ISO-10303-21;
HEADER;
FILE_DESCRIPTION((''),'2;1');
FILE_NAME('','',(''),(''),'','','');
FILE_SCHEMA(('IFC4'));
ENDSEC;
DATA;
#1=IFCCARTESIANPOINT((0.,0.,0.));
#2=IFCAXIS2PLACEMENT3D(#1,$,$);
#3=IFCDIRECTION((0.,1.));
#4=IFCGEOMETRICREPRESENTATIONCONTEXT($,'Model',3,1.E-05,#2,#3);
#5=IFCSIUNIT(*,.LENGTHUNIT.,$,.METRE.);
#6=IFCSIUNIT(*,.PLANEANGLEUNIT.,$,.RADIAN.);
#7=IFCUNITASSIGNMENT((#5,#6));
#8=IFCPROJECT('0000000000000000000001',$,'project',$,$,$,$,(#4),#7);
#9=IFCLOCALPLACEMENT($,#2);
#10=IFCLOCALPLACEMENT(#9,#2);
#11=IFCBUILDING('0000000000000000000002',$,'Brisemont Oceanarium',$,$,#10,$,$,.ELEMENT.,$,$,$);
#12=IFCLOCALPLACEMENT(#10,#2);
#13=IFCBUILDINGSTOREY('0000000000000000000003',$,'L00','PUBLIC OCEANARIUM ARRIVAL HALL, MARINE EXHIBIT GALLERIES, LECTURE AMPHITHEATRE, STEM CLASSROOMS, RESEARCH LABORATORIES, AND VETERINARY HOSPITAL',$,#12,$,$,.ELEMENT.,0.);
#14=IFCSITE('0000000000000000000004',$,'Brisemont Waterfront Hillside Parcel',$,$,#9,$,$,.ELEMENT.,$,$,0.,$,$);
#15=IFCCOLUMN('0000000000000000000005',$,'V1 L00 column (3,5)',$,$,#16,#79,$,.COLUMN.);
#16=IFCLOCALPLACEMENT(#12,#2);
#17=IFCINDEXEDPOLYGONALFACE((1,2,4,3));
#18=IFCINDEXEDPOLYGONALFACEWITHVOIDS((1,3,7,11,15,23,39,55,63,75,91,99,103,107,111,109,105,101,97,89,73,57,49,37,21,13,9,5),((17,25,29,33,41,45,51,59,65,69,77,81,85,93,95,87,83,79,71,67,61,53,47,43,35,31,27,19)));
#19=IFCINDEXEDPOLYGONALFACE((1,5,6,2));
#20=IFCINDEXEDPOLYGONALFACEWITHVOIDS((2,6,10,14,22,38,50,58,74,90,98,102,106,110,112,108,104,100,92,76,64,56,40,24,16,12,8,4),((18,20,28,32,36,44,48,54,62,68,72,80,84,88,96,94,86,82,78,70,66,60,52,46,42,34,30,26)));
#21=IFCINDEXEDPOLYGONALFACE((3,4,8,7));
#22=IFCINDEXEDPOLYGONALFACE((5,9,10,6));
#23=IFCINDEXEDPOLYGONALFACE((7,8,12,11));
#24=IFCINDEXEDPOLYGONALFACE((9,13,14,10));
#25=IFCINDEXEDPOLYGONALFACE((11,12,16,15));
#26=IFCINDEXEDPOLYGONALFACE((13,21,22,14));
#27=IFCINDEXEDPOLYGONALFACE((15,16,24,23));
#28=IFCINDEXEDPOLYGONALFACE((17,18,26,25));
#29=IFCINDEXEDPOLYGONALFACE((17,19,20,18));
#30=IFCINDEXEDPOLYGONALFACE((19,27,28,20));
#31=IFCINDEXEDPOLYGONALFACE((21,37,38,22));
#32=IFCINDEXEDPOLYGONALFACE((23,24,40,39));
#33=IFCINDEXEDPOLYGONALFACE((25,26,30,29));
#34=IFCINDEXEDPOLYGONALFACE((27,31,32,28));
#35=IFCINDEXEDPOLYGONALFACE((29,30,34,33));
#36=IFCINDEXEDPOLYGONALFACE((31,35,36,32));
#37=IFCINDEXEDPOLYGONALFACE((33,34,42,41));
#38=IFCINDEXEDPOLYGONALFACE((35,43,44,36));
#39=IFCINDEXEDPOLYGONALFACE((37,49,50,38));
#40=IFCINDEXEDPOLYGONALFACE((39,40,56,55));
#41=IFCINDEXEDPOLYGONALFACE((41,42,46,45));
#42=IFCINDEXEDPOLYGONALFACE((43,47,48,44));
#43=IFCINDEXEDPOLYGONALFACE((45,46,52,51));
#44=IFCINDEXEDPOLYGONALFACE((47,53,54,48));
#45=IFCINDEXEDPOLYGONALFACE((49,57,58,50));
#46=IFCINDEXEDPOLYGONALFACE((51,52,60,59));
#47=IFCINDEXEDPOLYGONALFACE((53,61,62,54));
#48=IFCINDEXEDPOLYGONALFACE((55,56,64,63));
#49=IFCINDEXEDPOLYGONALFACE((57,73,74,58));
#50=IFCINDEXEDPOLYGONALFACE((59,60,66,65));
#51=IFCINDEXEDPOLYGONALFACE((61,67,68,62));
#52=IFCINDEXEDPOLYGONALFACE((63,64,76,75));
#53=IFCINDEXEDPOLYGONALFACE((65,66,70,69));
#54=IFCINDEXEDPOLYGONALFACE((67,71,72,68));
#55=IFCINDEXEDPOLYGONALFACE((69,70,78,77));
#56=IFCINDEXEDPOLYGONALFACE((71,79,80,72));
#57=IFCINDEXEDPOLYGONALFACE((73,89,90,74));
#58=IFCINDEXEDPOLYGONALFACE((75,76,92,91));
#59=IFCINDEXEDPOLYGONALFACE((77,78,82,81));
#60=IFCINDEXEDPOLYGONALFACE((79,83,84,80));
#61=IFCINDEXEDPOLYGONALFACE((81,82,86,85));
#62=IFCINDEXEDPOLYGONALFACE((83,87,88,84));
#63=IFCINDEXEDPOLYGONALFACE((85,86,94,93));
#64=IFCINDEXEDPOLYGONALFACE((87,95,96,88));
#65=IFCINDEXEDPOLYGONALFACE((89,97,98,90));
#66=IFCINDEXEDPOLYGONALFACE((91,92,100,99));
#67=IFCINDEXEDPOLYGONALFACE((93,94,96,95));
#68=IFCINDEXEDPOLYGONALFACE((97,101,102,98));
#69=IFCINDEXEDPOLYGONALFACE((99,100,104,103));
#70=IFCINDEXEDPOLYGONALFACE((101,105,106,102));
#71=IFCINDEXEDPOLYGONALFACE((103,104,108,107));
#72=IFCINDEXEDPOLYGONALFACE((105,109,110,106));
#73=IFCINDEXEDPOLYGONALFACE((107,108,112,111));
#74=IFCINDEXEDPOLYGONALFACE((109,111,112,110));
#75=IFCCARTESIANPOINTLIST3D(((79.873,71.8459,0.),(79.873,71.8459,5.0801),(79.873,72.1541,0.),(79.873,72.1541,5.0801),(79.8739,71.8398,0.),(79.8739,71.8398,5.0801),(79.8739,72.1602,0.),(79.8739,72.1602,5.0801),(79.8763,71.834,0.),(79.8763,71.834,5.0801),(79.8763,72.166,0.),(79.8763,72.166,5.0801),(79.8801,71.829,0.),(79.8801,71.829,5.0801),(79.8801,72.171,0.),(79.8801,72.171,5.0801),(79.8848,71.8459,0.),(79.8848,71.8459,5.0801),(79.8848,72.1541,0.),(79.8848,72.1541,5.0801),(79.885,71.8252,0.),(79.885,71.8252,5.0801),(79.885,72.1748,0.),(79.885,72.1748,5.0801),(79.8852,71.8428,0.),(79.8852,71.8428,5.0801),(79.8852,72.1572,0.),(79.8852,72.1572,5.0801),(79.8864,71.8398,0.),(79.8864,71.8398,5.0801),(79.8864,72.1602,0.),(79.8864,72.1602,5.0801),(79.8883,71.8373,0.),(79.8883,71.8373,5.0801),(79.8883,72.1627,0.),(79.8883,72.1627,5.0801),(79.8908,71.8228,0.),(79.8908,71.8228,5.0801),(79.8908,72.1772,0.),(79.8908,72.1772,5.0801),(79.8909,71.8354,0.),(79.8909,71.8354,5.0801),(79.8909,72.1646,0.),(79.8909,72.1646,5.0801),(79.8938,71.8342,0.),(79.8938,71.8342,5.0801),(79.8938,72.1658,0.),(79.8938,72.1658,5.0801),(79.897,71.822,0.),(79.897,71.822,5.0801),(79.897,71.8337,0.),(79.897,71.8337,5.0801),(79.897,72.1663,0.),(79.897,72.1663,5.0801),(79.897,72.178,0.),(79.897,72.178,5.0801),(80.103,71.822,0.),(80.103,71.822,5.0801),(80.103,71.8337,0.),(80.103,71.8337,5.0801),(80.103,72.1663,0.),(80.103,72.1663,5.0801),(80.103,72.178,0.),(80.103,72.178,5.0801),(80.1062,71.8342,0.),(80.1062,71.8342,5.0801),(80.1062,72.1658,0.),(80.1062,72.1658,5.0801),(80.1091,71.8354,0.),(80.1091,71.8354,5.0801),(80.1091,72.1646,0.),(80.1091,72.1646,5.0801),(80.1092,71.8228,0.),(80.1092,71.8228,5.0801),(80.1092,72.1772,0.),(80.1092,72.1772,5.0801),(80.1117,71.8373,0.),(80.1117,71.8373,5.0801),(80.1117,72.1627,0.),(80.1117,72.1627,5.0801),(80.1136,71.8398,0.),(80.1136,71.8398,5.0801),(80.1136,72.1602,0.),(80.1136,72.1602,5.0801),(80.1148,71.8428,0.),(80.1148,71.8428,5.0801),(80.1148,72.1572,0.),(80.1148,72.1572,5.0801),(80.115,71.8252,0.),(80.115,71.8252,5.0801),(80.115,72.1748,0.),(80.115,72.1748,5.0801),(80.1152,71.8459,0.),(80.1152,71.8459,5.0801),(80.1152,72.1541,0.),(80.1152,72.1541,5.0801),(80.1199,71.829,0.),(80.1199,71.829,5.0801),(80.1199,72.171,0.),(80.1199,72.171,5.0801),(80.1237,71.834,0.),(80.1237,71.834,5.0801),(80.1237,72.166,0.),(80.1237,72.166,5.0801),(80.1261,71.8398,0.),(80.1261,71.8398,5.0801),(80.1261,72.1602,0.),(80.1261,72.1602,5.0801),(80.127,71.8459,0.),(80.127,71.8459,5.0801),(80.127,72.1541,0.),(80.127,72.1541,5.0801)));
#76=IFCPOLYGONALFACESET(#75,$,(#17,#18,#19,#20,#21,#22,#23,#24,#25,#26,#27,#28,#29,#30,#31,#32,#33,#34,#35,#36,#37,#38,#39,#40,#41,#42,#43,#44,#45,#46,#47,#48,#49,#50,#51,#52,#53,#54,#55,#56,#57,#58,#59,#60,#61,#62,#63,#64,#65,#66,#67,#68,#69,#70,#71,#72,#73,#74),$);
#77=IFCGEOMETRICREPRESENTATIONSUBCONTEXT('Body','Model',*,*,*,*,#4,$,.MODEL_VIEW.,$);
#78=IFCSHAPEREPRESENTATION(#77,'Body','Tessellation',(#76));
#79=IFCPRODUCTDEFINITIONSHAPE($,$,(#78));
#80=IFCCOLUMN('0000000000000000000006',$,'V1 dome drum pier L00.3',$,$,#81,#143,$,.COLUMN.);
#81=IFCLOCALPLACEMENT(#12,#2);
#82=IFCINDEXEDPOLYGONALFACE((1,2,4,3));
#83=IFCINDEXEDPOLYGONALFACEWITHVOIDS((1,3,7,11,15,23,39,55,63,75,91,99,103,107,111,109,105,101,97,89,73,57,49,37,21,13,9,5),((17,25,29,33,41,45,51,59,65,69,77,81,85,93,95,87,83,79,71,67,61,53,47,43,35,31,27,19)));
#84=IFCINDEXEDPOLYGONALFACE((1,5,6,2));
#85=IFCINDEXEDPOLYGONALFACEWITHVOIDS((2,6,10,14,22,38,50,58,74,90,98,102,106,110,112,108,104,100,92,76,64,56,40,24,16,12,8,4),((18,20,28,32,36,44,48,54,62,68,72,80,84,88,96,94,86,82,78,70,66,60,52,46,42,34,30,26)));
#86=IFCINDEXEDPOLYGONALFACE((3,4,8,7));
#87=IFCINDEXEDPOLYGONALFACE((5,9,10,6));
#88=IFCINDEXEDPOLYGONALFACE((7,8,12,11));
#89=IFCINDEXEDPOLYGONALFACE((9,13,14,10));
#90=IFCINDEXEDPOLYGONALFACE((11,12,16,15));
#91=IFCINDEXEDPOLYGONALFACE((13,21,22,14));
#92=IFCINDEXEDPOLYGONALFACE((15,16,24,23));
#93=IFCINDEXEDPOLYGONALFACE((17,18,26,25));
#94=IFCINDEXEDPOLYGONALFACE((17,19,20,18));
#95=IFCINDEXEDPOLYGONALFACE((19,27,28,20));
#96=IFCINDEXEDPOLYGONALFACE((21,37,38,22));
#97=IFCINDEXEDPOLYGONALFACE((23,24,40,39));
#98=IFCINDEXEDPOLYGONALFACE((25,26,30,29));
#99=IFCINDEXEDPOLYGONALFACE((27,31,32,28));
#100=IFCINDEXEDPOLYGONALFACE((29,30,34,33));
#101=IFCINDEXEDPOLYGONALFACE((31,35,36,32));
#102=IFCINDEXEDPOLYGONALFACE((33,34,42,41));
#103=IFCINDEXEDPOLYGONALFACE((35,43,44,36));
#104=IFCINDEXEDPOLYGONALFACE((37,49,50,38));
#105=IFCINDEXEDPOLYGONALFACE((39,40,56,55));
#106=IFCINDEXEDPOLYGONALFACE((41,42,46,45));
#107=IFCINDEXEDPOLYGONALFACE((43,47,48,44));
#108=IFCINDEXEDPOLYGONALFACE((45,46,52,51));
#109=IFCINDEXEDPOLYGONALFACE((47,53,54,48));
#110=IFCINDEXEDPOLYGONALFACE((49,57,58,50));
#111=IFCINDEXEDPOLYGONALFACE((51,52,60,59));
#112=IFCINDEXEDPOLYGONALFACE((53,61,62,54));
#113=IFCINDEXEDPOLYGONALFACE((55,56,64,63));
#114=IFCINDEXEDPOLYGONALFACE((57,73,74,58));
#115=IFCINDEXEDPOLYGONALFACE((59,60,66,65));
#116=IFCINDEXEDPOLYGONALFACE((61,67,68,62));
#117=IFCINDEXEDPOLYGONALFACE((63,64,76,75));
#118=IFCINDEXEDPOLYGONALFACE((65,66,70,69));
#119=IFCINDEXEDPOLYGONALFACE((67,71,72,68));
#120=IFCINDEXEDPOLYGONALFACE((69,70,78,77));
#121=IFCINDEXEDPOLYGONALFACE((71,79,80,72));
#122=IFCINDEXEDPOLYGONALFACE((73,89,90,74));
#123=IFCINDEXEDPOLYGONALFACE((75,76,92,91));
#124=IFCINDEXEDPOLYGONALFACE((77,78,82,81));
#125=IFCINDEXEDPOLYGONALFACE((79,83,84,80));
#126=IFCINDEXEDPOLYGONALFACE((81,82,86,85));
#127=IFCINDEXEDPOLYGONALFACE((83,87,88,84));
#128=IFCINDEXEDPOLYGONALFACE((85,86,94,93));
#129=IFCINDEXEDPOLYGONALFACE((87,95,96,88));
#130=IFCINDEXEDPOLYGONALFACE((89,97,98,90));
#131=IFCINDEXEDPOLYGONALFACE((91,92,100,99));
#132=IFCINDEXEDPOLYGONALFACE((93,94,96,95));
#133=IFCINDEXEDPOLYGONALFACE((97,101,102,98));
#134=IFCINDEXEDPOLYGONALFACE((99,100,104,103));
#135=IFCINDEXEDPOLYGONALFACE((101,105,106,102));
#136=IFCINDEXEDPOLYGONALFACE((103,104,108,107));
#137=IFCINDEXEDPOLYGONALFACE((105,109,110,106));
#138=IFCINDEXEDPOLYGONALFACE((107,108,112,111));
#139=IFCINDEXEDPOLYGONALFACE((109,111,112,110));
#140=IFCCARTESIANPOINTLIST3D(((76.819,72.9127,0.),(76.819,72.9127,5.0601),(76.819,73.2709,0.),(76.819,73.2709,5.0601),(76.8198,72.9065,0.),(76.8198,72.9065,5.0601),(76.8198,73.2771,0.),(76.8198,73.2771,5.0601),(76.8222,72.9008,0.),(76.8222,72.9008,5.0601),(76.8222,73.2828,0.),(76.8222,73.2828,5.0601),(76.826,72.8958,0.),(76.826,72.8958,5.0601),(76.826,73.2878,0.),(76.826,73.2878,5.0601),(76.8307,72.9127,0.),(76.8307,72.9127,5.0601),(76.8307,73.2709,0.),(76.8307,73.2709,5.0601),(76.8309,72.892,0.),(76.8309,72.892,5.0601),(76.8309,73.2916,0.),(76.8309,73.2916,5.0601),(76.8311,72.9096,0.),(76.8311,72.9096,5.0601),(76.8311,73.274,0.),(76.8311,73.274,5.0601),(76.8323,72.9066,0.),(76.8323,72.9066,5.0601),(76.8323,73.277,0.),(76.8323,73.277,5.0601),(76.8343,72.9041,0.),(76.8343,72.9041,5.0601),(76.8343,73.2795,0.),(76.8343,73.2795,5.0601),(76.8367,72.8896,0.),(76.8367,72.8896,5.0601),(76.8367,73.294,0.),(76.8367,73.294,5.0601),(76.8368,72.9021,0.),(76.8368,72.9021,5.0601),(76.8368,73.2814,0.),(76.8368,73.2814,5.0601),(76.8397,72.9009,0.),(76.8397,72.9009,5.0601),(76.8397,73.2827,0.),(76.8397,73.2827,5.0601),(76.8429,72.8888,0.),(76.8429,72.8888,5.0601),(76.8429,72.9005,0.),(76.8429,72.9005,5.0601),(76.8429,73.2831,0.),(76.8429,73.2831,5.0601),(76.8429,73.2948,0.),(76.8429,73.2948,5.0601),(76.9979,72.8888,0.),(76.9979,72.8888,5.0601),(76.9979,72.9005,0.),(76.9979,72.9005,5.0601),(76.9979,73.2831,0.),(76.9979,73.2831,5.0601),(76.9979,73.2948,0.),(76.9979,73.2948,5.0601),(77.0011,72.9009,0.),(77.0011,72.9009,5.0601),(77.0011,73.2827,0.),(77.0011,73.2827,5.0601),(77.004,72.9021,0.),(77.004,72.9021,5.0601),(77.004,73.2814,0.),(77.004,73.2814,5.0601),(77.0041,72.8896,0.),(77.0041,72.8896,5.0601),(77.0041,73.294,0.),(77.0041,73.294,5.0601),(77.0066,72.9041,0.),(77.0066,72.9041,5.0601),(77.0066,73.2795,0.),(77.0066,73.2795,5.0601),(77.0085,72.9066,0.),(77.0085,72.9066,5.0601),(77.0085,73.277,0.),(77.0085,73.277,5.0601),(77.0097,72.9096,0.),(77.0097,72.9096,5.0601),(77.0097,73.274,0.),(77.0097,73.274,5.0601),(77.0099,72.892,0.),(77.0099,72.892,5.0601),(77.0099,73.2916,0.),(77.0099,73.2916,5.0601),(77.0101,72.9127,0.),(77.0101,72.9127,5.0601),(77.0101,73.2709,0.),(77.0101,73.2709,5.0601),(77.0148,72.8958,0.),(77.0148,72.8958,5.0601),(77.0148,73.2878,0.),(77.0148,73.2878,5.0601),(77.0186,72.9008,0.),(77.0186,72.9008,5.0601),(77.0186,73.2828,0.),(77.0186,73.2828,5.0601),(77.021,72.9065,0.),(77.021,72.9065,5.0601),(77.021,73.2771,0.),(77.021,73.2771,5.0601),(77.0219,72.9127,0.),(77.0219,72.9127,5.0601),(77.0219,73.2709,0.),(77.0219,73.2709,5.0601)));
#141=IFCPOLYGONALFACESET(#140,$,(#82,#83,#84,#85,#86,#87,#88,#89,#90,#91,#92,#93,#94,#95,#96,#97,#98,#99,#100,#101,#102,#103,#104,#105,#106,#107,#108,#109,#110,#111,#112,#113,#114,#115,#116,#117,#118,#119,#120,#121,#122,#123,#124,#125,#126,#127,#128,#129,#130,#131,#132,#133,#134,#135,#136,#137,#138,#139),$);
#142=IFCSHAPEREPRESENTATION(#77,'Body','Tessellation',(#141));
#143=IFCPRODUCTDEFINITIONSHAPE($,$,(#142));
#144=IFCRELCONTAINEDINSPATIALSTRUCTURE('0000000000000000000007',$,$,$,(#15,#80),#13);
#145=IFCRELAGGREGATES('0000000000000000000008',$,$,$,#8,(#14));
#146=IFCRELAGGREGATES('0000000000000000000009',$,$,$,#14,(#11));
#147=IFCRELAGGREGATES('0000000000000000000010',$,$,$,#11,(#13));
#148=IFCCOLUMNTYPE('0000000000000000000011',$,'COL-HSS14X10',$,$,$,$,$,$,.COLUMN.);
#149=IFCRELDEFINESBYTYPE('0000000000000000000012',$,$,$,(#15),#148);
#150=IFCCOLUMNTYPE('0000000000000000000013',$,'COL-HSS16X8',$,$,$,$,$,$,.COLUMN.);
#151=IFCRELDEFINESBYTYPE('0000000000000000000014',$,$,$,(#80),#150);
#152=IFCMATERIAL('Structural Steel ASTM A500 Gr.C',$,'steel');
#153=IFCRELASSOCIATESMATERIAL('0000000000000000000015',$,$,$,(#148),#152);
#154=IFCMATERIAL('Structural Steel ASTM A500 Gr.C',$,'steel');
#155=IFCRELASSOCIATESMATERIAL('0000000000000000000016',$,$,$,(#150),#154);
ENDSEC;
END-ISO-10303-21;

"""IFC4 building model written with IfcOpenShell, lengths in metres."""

from ifc_helpers import new_model, si_unit, direction, frame, origin, origin_2d, place, context, subcontext, project, spatial, hollow_rectangle, extrude, material, material_profile, profile_set, type_object, element, save


model = new_model("IFC4")

# Units and contexts
model_context = context("Model", 3, precision=1e-05, world=origin(), true_north=direction((0.0, 1.0)))
body_context = subcontext(model_context, "Body", "Model", "MODEL_VIEW")
ifc_project = project(units=[si_unit("LENGTHUNIT", "METRE"), si_unit("PLANEANGLEUNIT", "RADIAN")], contexts=[model_context])

# Site, building, storey
site_placement = place(None, origin())
site = spatial("IfcSite", under=ifc_project, at=site_placement, Name="Brisemont Waterfront Hillside Parcel", CompositionType="ELEMENT", RefElevation=0.0)
building_placement = place(site_placement, origin())
building = spatial("IfcBuilding", under=site, at=building_placement, Name="Brisemont Oceanarium", CompositionType="ELEMENT")
storey_placement = place(building_placement, origin())
storey = spatial("IfcBuildingStorey", under=building, at=storey_placement, Name="L00", Description="PUBLIC OCEANARIUM ARRIVAL HALL, MARINE EXHIBIT GALLERIES, LECTURE AMPHITHEATRE, STEM CLASSROOMS, RESEARCH LABORATORIES, AND VETERINARY HOSPITAL", CompositionType="ELEMENT", Elevation=0.0)

# Columns
ifc_material_1 = material(Name="Structural Steel ASTM A500 Gr.C", Category="steel")
ifc_material_profile_1 = material_profile(ifc_material_1, hollow_rectangle(XDim=0.2539, YDim=0.356, WallThickness=0.0117, InnerFilletRadius=0.0122, OuterFilletRadius=0.0239, at=origin_2d()), Name="HSS14X10X1/2")
ifc_profile_set_1 = profile_set([ifc_material_profile_1], Name="Structural Steel ASTM A500 Gr.C")
column_type_1 = type_object("IfcColumnType", Name="COL-HSS14X10", PredefinedType="COLUMN", material=ifc_profile_set_1)
column_1_placement = place(storey_placement, frame((80.0, 72.0, 0.0), z_axis=(0.0, 0.0, 1.0), x_axis=(1.0, 0.0, 0.0)))
element("IfcColumn", 1, at=column_1_placement, inside=storey, type_object=column_type_1, Name="V1 L00 column (3,5)", PredefinedType="COLUMN", context=body_context, shape_type="SweptSolid", body=[
    extrude(hollow_rectangle(XDim=0.2539, YDim=0.356, WallThickness=0.0117, InnerFilletRadius=0.0122, OuterFilletRadius=0.0239, at=origin_2d()), origin(), (0.0, 0.0, 1.0), 5.0801),
])
ifc_material_2 = material(Name="Structural Steel ASTM A500 Gr.C", Category="steel")
ifc_material_profile_2 = material_profile(ifc_material_2, hollow_rectangle(XDim=0.2029, YDim=0.406, WallThickness=0.0117, InnerFilletRadius=0.0122, OuterFilletRadius=0.0239, at=origin_2d()), Name="HSS16X8X1/2")
ifc_profile_set_2 = profile_set([ifc_material_profile_2], Name="Structural Steel ASTM A500 Gr.C")
column_type_2 = type_object("IfcColumnType", Name="COL-HSS16X8", PredefinedType="COLUMN", material=ifc_profile_set_2)
for number, where, z_axis, x_axis, name in (
    (2, (76.9204, 73.0918, 0.0), (0.0, 0.0, 1.0), (1.0, 0.0, 0.0), "V1 dome drum pier L00.3"),
):
    element("IfcColumn", number, at=place(storey_placement, frame(where, z_axis=z_axis, x_axis=x_axis)), inside=storey, type_object=column_type_2, Name=name, PredefinedType="COLUMN", context=body_context, shape_type="SweptSolid", body=[
        extrude(hollow_rectangle(XDim=0.2029, YDim=0.406, WallThickness=0.0117, InnerFilletRadius=0.0122, OuterFilletRadius=0.0239, at=origin_2d()), origin(), (0.0, 0.0, 1.0), 5.0601),
    ])

save(model, "model.ifc")
